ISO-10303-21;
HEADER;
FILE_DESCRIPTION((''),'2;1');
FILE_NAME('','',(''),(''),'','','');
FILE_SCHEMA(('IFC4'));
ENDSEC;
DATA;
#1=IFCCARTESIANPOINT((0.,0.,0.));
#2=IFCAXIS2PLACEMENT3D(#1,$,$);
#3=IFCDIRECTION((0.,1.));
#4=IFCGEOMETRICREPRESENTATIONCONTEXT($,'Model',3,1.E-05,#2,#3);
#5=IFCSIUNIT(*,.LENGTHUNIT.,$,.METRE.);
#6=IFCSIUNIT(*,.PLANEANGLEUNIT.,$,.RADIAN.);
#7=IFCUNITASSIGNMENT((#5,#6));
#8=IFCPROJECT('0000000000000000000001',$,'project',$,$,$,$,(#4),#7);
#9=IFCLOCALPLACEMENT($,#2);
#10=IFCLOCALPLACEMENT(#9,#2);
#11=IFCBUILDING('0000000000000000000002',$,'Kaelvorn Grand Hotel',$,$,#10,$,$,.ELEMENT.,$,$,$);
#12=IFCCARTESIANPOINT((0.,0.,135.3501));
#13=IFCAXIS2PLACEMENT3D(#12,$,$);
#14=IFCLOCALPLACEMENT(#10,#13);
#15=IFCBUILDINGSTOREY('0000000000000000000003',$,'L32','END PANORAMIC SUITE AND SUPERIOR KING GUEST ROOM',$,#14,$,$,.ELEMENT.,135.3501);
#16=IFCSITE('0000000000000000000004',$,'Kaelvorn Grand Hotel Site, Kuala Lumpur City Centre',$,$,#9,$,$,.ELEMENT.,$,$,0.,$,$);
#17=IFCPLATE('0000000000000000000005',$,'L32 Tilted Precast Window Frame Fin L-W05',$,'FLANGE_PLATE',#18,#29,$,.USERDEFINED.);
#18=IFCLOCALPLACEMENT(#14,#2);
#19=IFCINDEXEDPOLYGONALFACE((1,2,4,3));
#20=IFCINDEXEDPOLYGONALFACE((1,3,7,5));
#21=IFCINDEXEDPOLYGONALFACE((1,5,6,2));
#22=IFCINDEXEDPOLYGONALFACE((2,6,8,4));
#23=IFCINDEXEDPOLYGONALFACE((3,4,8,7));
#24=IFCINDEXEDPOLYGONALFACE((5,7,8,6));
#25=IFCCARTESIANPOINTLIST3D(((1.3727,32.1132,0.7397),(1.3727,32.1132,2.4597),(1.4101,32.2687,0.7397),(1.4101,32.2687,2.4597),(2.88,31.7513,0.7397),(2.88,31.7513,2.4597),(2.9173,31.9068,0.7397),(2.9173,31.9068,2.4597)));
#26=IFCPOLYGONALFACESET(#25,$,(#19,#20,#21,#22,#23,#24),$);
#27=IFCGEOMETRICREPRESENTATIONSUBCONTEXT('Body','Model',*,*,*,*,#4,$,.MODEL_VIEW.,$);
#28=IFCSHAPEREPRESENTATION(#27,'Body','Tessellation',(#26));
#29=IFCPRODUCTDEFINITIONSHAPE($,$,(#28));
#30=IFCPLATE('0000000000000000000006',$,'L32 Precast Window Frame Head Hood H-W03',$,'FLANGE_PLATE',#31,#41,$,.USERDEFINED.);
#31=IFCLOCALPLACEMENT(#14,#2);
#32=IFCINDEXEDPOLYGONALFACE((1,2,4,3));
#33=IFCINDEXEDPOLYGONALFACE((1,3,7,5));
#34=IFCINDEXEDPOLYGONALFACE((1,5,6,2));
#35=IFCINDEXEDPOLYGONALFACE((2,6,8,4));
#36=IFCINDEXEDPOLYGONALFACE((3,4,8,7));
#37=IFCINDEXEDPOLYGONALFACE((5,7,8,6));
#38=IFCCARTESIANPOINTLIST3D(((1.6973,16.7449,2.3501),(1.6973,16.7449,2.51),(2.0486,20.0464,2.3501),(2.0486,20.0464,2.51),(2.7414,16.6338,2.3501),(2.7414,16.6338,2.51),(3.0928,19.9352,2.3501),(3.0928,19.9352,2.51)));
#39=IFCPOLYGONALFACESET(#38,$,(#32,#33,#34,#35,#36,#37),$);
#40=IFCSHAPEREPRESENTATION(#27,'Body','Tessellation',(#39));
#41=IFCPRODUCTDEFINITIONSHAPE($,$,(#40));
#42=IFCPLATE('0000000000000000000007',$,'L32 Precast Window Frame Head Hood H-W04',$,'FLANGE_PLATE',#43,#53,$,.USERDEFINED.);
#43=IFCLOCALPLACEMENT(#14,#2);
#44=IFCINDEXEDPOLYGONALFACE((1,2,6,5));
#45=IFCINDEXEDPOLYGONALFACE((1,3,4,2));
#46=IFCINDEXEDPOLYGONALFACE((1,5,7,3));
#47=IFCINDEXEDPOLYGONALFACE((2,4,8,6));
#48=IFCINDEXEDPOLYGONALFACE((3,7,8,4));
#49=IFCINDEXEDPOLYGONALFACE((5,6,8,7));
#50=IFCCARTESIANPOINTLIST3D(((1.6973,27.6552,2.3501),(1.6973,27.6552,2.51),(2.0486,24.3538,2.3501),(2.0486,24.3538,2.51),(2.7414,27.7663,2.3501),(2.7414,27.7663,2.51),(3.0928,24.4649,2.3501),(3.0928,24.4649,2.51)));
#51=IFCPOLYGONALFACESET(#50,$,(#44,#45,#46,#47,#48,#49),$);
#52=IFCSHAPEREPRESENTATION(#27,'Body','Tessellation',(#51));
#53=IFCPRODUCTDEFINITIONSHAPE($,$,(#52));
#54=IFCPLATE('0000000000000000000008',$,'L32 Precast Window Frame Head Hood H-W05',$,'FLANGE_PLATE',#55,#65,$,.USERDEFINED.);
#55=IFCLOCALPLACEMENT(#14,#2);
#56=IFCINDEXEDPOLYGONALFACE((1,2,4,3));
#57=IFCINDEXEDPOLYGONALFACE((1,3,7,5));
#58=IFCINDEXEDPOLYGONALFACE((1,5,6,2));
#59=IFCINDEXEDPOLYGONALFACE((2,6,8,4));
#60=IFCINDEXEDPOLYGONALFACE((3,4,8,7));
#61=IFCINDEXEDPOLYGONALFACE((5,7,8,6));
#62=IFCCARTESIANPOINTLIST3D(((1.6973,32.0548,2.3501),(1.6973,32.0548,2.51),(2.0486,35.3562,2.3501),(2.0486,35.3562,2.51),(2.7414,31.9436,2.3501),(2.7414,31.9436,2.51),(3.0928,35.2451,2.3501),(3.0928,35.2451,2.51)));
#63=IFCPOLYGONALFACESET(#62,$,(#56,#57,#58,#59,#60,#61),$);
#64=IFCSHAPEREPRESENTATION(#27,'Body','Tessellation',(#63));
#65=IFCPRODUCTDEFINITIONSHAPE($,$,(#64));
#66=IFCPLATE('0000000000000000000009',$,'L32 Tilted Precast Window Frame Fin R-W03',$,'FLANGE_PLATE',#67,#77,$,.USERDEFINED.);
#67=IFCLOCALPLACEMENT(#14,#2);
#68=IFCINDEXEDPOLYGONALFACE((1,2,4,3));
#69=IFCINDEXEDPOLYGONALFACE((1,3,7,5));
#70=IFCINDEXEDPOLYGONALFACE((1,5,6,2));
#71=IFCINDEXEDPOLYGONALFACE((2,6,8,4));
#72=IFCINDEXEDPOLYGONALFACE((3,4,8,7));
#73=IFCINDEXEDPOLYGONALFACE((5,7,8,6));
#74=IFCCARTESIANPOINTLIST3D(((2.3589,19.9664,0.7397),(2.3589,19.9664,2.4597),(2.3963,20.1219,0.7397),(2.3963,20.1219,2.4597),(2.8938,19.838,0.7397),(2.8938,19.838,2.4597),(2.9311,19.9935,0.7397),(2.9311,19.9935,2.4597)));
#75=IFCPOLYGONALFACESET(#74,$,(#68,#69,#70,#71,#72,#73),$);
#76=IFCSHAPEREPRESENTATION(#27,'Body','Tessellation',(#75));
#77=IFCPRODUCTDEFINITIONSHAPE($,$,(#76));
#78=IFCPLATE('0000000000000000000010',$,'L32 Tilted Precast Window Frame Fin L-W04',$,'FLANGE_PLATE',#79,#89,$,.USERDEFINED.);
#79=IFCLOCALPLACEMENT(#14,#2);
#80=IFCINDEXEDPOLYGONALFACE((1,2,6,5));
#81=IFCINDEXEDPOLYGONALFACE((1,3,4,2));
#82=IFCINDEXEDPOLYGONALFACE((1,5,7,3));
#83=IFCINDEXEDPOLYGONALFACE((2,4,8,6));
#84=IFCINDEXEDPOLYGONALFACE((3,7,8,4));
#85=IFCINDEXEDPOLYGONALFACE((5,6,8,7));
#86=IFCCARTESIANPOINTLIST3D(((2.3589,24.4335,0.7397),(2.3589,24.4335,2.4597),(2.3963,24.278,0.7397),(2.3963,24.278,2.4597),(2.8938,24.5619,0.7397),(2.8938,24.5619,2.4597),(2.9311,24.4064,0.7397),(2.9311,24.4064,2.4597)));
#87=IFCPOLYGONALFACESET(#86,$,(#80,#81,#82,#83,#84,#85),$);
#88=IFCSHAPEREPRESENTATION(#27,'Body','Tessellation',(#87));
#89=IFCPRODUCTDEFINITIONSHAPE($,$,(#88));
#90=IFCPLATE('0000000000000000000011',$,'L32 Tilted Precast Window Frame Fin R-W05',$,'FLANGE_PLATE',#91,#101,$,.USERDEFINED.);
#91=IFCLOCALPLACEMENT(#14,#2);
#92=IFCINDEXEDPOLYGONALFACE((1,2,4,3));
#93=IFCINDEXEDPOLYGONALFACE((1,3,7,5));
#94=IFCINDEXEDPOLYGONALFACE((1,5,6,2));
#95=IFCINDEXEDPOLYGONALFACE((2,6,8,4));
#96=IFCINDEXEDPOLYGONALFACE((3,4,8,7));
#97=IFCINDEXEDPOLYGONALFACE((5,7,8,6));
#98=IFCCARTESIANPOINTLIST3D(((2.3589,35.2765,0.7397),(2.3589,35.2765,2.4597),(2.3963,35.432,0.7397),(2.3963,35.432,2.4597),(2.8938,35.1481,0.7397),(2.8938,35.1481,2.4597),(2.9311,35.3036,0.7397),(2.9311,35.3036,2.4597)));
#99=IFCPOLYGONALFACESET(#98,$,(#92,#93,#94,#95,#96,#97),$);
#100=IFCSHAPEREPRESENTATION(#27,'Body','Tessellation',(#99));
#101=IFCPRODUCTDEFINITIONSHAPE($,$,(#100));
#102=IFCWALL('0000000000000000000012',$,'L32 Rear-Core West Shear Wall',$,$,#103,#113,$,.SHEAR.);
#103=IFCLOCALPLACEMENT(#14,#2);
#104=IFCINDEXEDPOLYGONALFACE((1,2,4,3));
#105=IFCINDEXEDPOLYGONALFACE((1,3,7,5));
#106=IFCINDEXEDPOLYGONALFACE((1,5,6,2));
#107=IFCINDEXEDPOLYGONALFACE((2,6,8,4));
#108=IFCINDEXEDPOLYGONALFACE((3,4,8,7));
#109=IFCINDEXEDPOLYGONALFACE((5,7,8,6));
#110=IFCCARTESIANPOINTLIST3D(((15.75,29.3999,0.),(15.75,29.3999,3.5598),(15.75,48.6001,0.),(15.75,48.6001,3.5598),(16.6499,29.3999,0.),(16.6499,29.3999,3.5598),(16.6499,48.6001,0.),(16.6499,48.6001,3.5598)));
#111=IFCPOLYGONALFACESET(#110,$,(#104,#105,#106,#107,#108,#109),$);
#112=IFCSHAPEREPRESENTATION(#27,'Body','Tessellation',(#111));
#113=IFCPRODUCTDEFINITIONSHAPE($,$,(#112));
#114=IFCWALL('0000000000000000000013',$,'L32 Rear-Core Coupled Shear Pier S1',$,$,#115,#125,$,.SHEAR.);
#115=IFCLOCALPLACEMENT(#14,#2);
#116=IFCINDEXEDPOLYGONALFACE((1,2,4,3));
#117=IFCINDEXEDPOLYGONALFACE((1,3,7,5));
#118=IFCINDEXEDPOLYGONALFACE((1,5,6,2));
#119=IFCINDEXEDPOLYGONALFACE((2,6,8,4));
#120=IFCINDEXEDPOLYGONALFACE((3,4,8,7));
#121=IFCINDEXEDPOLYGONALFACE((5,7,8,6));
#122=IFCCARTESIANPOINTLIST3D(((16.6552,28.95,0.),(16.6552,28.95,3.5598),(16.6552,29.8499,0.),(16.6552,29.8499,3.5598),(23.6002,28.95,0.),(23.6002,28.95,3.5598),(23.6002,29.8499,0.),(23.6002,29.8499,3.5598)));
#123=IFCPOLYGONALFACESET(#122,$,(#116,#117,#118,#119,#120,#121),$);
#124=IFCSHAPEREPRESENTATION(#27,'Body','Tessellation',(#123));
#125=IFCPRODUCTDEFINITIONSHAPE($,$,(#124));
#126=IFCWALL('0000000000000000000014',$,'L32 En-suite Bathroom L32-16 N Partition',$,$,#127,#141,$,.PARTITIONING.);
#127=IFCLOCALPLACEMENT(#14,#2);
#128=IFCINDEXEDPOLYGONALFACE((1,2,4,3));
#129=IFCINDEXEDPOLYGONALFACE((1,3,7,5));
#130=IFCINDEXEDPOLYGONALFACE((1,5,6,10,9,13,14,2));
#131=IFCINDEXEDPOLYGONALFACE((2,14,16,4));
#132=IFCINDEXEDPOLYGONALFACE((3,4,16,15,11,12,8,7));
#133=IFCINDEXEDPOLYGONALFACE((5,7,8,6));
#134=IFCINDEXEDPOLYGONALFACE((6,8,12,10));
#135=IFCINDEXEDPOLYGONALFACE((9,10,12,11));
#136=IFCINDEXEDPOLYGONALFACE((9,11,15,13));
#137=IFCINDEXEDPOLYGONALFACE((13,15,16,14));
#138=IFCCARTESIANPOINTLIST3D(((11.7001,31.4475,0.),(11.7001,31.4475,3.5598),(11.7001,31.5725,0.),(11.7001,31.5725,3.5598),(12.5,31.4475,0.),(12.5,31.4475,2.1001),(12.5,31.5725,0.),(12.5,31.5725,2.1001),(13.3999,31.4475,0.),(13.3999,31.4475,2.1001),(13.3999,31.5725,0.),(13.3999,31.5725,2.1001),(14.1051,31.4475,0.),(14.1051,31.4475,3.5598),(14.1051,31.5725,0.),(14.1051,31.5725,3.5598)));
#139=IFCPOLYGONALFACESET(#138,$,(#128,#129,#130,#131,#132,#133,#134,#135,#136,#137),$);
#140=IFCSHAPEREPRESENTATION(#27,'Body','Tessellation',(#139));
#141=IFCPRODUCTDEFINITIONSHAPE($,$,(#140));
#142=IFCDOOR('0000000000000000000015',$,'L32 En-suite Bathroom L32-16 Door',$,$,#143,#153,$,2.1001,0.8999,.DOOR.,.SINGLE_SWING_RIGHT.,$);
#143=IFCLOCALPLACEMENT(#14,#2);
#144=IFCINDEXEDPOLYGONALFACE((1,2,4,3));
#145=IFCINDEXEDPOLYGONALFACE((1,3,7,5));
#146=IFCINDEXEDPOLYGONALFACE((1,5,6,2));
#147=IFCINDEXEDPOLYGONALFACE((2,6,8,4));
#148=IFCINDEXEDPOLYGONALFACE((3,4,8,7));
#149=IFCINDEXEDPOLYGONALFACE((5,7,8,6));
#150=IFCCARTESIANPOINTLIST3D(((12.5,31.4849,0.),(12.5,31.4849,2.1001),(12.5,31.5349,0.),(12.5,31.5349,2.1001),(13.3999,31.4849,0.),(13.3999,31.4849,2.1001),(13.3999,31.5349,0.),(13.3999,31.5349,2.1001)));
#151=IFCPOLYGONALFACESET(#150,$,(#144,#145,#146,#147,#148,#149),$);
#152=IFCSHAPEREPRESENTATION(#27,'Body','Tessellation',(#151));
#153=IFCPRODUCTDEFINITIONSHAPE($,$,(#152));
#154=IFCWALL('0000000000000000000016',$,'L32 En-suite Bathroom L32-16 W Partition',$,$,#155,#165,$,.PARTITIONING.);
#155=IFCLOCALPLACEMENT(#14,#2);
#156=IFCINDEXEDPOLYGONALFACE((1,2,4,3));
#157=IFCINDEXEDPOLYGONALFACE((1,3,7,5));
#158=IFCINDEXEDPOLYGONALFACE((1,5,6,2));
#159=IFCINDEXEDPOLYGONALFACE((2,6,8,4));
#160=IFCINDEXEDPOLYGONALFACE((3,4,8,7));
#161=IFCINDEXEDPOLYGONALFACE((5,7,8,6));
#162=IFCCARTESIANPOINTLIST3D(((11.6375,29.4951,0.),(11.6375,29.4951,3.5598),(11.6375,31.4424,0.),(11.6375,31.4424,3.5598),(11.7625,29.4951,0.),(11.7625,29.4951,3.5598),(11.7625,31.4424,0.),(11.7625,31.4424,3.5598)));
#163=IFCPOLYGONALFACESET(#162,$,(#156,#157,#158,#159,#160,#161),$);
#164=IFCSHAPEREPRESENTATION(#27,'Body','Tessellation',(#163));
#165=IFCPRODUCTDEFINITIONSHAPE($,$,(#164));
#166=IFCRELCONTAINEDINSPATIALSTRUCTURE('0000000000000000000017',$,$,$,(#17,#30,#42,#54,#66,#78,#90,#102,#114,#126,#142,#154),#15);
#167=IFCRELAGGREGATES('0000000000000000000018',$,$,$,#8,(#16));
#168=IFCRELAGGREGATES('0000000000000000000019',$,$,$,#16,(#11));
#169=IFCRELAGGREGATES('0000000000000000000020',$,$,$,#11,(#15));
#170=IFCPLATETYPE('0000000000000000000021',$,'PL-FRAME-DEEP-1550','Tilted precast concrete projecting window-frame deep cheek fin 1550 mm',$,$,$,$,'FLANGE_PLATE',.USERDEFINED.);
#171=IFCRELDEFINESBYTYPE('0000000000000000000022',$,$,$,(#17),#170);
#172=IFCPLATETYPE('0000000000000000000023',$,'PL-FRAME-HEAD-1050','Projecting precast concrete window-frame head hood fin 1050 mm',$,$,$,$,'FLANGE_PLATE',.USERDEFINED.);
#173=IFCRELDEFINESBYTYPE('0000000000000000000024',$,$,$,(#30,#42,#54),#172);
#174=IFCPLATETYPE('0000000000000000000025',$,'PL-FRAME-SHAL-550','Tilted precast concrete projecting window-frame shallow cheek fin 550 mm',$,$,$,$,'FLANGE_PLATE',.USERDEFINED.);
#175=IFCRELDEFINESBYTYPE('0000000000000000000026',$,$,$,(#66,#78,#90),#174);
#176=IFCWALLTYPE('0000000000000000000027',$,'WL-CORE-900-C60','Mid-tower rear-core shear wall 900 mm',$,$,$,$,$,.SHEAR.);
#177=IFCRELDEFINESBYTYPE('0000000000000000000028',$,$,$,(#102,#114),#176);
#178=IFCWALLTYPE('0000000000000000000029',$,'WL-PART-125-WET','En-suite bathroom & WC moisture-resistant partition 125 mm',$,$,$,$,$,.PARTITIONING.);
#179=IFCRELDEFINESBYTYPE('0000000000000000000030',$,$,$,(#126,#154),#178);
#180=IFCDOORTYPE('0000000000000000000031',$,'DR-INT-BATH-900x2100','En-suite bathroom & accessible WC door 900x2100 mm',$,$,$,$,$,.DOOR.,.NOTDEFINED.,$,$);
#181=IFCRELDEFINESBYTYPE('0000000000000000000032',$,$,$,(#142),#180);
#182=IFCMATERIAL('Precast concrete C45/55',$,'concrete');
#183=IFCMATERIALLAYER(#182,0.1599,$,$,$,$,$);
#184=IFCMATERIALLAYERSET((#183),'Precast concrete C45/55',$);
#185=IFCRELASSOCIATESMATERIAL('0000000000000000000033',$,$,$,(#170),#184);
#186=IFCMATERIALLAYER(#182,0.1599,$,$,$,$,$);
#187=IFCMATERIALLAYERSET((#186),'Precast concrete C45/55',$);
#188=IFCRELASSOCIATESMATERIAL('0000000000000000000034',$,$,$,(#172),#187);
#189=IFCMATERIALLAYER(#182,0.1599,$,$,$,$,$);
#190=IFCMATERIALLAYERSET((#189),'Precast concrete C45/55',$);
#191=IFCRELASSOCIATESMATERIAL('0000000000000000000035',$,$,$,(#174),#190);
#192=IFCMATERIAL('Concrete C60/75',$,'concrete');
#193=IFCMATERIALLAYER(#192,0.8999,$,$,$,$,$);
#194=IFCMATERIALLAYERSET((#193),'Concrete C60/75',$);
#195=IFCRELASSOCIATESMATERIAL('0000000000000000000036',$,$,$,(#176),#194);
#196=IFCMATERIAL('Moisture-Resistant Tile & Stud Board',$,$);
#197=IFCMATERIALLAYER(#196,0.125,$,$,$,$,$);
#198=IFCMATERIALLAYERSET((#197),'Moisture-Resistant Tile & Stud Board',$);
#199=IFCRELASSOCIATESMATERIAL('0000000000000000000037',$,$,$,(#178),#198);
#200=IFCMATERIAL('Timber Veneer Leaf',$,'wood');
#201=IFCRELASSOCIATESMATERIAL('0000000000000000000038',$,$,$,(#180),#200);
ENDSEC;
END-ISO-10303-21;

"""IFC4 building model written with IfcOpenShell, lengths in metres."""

from ifc_helpers import new_model, si_unit, direction, frame, frame_2d, origin, origin_2d, place, context, subcontext, project, spatial, rectangle, extrude, material, layer, layer_set, type_object, element, fill, save


model = new_model("IFC4")

# Units and contexts
model_context = context("Model", 3, precision=1e-05, world=origin(), true_north=direction((0.0, 1.0)))
body_context = subcontext(model_context, "Body", "Model", "MODEL_VIEW")
ifc_project = project(units=[si_unit("LENGTHUNIT", "METRE"), si_unit("PLANEANGLEUNIT", "RADIAN")], contexts=[model_context])

# Site, building, storey
site_placement = place(None, origin())
site = spatial("IfcSite", under=ifc_project, at=site_placement, Name="Kaelvorn Grand Hotel Site, Kuala Lumpur City Centre", CompositionType="ELEMENT", RefElevation=0.0)
building_placement = place(site_placement, origin())
building = spatial("IfcBuilding", under=site, at=building_placement, Name="Kaelvorn Grand Hotel", CompositionType="ELEMENT")
storey_placement = place(building_placement, frame((0.0, 0.0, 135.3501)))
storey = spatial("IfcBuildingStorey", under=building, at=storey_placement, Name="L32", Description="END PANORAMIC SUITE AND SUPERIOR KING GUEST ROOM", CompositionType="ELEMENT", Elevation=135.3501)

# Shared definitions
ifc_material_1 = material(Name="Concrete C60/75", Category="concrete")

# Plates
ifc_material_2 = material(Name="Precast concrete C45/55", Category="concrete")
ifc_layer_1 = layer(ifc_material_2, 0.1599)
ifc_layer_set_1 = layer_set([ifc_layer_1], Name="Precast concrete C45/55")
plate_type_1 = type_object("IfcPlateType", Name="PL-FRAME-DEEP-1550", Description="Tilted precast concrete projecting window-frame deep cheek fin 1550 mm", ElementType="FLANGE_PLATE", PredefinedType="USERDEFINED", material=ifc_layer_set_1)
for number, where, z_axis, x_axis, name in (
    (1, (2.145, 32.01, 0.7397), (0.0, 0.0, 1.0), (0.233445, 0.97237, 0.0), "L32 Tilted Precast Window Frame Fin L-W05"),
):
    element("IfcPlate", number, at=place(storey_placement, frame(where, z_axis=z_axis, x_axis=x_axis)), inside=storey, type_object=plate_type_1, Name=name, ObjectType="FLANGE_PLATE", PredefinedType="USERDEFINED", context=body_context, shape_type="SweptSolid", body=[
        extrude(rectangle(XDim=0.1599, YDim=1.55, at=origin_2d()), origin(), (0.0, 0.0, 1.0), 1.72),
    ])
ifc_layer_2 = layer(ifc_material_2, 0.1599)
ifc_layer_set_2 = layer_set([ifc_layer_2], Name="Precast concrete C45/55")
plate_type_2 = type_object("IfcPlateType", Name="PL-FRAME-HEAD-1050", Description="Projecting precast concrete window-frame head hood fin 1050 mm", ElementType="FLANGE_PLATE", PredefinedType="USERDEFINED", material=ifc_layer_set_2)
for number, where, z_axis, x_axis, name in (
    (2, (2.395, 18.3401, 2.3501), (0.0, 0.0, 1.0), (0.10583, 0.994384, 0.0), "L32 Precast Window Frame Head Hood H-W03"),
    (3, (2.395, 26.0601, 2.3501), (0.0, 0.0, 1.0), (-0.10583, 0.994384, 0.0), "L32 Precast Window Frame Head Hood H-W04"),
    (4, (2.395, 33.6499, 2.3501), (0.0, 0.0, 1.0), (0.10583, 0.994384, 0.0), "L32 Precast Window Frame Head Hood H-W05"),
):
    element("IfcPlate", number, at=place(storey_placement, frame(where, z_axis=z_axis, x_axis=x_axis)), inside=storey, type_object=plate_type_2, Name=name, ObjectType="FLANGE_PLATE", PredefinedType="USERDEFINED", context=body_context, shape_type="SweptSolid", body=[
        extrude(rectangle(XDim=3.3201, YDim=1.05, at=origin_2d()), origin(), (0.0, 0.0, 1.0), 0.1599),
    ])
ifc_layer_3 = layer(ifc_material_2, 0.1599)
ifc_layer_set_3 = layer_set([ifc_layer_3], Name="Precast concrete C45/55")
plate_type_3 = type_object("IfcPlateType", Name="PL-FRAME-SHAL-550", Description="Tilted precast concrete projecting window-frame shallow cheek fin 550 mm", ElementType="FLANGE_PLATE", PredefinedType="USERDEFINED", material=ifc_layer_set_3)
for number, where, z_axis, x_axis, name in (
    (5, (2.645, 19.98, 0.7397), (0.0, 0.0, 1.0), (0.233445, 0.97237, 0.0), "L32 Tilted Precast Window Frame Fin R-W03"),
    (6, (2.645, 24.4199, 0.7397), (0.0, 0.0, 1.0), (-0.233445, 0.97237, 0.0), "L32 Tilted Precast Window Frame Fin L-W04"),
    (7, (2.645, 35.29, 0.7397), (0.0, 0.0, 1.0), (0.233445, 0.97237, 0.0), "L32 Tilted Precast Window Frame Fin R-W05"),
):
    element("IfcPlate", number, at=place(storey_placement, frame(where, z_axis=z_axis, x_axis=x_axis)), inside=storey, type_object=plate_type_3, Name=name, ObjectType="FLANGE_PLATE", PredefinedType="USERDEFINED", context=body_context, shape_type="SweptSolid", body=[
        extrude(rectangle(XDim=0.1599, YDim=0.55, at=origin_2d()), origin(), (0.0, 0.0, 1.0), 1.72),
    ])

# Walls
ifc_layer_4 = layer(ifc_material_1, 0.8999)
ifc_layer_set_4 = layer_set([ifc_layer_4], Name="Concrete C60/75")
wall_type_1 = type_object("IfcWallType", Name="WL-CORE-900-C60", Description="Mid-tower rear-core shear wall 900 mm", PredefinedType="SHEAR", material=ifc_layer_set_4)
wall_1_placement = place(storey_placement, frame((16.2, 29.3999, 0.0), z_axis=(0.0, 0.0, 1.0), x_axis=(0.0, 1.0, 0.0)))
element("IfcWall", 8, at=wall_1_placement, inside=storey, type_object=wall_type_1, Name="L32 Rear-Core West Shear Wall", PredefinedType="SHEAR", context=body_context, shape_type="SweptSolid", body=[
    extrude(rectangle(XDim=19.2002, YDim=0.8999, at=frame_2d((9.6001, 0.0))), origin(), (0.0, 0.0, 1.0), 3.5598),
])
wall_2_placement = place(storey_placement, frame((16.655, 29.3999, 0.0), z_axis=(0.0, 0.0, 1.0), x_axis=(1.0, 0.0, 0.0)))
element("IfcWall", 9, at=wall_2_placement, inside=storey, type_object=wall_type_1, Name="L32 Rear-Core Coupled Shear Pier S1", PredefinedType="SHEAR", context=body_context, shape_type="SweptSolid", body=[
    extrude(rectangle(XDim=6.9451, YDim=0.8999, at=frame_2d((3.4727, 0.0))), origin(), (0.0, 0.0, 1.0), 3.5598),
])

# Wall, opening, door
ifc_material_3 = material(Name="Moisture-Resistant Tile & Stud Board")
ifc_layer_5 = layer(ifc_material_3, 0.125)
ifc_layer_set_5 = layer_set([ifc_layer_5], Name="Moisture-Resistant Tile & Stud Board")
wall_type_2 = type_object("IfcWallType", Name="WL-PART-125-WET", Description="En-suite bathroom & WC moisture-resistant partition 125 mm", PredefinedType="PARTITIONING", material=ifc_layer_set_5)
wall_3_placement = place(storey_placement, frame((11.7, 31.51, 0.0), z_axis=(0.0, 0.0, 1.0), x_axis=(1.0, 0.0, 0.0)))
wall_3 = element("IfcWall", 10, at=wall_3_placement, inside=storey, type_object=wall_type_2, Name="L32 En-suite Bathroom L32-16 N Partition", PredefinedType="PARTITIONING", context=body_context, shape_type="SweptSolid", body=[
    extrude(rectangle(XDim=2.405, YDim=0.125, at=frame_2d((1.2026, 0.0))), origin(), (0.0, 0.0, 1.0), 3.5598),
])
opening_1_placement = place(wall_3_placement, frame((0.8, 0.0, 0.0)))
opening_1 = element("IfcOpeningElement", 11, at=opening_1_placement, cuts=wall_3, PredefinedType="OPENING", context=body_context, shape_type="SweptSolid", body=[
    extrude(rectangle(XDim=0.8999, YDim=2.1001, at=frame_2d((0.45, 1.05))), frame((0.0, 0.0725, 0.0), z_axis=(0.0, -1.0, 0.0), x_axis=(1.0, 0.0, 0.0)), (0.0, 0.0, 1.0), 0.145),
])
ifc_material_4 = material(Name="Timber Veneer Leaf", Category="wood")
door_type_1 = type_object("IfcDoorType", Name="DR-INT-BATH-900x2100", Description="En-suite bathroom & accessible WC door 900x2100 mm", OperationType="NOTDEFINED", PredefinedType="DOOR", material=ifc_material_4)
door_1_placement = place(opening_1_placement, origin())
door_1 = element("IfcDoor", 12, at=door_1_placement, inside=storey, type_object=door_type_1, Name="L32 En-suite Bathroom L32-16 Door", OperationType="SINGLE_SWING_RIGHT", OverallHeight=2.1001, OverallWidth=0.8999, PredefinedType="DOOR", context=body_context, shape_type="SweptSolid", body=[
    extrude(rectangle(XDim=0.8999, YDim=2.1001, at=frame_2d((0.45, 1.05))), frame((0.0, 0.0249, 0.0), z_axis=(0.0, -1.0, 0.0), x_axis=(1.0, 0.0, 0.0)), (0.0, 0.0, 1.0), 0.05),
])
fill(opening_1, door_1)

# Wall
wall_4_placement = place(storey_placement, frame((11.7, 29.4951, 0.0), z_axis=(0.0, 0.0, 1.0), x_axis=(0.0, 1.0, 0.0)))
element("IfcWall", 13, at=wall_4_placement, inside=storey, type_object=wall_type_2, Name="L32 En-suite Bathroom L32-16 W Partition", PredefinedType="PARTITIONING", context=body_context, shape_type="SweptSolid", body=[
    extrude(rectangle(XDim=1.9473, YDim=0.125, at=frame_2d((0.9736, 0.0))), origin(), (0.0, 0.0, 1.0), 3.5598),
])

save(model, "model.ifc")
